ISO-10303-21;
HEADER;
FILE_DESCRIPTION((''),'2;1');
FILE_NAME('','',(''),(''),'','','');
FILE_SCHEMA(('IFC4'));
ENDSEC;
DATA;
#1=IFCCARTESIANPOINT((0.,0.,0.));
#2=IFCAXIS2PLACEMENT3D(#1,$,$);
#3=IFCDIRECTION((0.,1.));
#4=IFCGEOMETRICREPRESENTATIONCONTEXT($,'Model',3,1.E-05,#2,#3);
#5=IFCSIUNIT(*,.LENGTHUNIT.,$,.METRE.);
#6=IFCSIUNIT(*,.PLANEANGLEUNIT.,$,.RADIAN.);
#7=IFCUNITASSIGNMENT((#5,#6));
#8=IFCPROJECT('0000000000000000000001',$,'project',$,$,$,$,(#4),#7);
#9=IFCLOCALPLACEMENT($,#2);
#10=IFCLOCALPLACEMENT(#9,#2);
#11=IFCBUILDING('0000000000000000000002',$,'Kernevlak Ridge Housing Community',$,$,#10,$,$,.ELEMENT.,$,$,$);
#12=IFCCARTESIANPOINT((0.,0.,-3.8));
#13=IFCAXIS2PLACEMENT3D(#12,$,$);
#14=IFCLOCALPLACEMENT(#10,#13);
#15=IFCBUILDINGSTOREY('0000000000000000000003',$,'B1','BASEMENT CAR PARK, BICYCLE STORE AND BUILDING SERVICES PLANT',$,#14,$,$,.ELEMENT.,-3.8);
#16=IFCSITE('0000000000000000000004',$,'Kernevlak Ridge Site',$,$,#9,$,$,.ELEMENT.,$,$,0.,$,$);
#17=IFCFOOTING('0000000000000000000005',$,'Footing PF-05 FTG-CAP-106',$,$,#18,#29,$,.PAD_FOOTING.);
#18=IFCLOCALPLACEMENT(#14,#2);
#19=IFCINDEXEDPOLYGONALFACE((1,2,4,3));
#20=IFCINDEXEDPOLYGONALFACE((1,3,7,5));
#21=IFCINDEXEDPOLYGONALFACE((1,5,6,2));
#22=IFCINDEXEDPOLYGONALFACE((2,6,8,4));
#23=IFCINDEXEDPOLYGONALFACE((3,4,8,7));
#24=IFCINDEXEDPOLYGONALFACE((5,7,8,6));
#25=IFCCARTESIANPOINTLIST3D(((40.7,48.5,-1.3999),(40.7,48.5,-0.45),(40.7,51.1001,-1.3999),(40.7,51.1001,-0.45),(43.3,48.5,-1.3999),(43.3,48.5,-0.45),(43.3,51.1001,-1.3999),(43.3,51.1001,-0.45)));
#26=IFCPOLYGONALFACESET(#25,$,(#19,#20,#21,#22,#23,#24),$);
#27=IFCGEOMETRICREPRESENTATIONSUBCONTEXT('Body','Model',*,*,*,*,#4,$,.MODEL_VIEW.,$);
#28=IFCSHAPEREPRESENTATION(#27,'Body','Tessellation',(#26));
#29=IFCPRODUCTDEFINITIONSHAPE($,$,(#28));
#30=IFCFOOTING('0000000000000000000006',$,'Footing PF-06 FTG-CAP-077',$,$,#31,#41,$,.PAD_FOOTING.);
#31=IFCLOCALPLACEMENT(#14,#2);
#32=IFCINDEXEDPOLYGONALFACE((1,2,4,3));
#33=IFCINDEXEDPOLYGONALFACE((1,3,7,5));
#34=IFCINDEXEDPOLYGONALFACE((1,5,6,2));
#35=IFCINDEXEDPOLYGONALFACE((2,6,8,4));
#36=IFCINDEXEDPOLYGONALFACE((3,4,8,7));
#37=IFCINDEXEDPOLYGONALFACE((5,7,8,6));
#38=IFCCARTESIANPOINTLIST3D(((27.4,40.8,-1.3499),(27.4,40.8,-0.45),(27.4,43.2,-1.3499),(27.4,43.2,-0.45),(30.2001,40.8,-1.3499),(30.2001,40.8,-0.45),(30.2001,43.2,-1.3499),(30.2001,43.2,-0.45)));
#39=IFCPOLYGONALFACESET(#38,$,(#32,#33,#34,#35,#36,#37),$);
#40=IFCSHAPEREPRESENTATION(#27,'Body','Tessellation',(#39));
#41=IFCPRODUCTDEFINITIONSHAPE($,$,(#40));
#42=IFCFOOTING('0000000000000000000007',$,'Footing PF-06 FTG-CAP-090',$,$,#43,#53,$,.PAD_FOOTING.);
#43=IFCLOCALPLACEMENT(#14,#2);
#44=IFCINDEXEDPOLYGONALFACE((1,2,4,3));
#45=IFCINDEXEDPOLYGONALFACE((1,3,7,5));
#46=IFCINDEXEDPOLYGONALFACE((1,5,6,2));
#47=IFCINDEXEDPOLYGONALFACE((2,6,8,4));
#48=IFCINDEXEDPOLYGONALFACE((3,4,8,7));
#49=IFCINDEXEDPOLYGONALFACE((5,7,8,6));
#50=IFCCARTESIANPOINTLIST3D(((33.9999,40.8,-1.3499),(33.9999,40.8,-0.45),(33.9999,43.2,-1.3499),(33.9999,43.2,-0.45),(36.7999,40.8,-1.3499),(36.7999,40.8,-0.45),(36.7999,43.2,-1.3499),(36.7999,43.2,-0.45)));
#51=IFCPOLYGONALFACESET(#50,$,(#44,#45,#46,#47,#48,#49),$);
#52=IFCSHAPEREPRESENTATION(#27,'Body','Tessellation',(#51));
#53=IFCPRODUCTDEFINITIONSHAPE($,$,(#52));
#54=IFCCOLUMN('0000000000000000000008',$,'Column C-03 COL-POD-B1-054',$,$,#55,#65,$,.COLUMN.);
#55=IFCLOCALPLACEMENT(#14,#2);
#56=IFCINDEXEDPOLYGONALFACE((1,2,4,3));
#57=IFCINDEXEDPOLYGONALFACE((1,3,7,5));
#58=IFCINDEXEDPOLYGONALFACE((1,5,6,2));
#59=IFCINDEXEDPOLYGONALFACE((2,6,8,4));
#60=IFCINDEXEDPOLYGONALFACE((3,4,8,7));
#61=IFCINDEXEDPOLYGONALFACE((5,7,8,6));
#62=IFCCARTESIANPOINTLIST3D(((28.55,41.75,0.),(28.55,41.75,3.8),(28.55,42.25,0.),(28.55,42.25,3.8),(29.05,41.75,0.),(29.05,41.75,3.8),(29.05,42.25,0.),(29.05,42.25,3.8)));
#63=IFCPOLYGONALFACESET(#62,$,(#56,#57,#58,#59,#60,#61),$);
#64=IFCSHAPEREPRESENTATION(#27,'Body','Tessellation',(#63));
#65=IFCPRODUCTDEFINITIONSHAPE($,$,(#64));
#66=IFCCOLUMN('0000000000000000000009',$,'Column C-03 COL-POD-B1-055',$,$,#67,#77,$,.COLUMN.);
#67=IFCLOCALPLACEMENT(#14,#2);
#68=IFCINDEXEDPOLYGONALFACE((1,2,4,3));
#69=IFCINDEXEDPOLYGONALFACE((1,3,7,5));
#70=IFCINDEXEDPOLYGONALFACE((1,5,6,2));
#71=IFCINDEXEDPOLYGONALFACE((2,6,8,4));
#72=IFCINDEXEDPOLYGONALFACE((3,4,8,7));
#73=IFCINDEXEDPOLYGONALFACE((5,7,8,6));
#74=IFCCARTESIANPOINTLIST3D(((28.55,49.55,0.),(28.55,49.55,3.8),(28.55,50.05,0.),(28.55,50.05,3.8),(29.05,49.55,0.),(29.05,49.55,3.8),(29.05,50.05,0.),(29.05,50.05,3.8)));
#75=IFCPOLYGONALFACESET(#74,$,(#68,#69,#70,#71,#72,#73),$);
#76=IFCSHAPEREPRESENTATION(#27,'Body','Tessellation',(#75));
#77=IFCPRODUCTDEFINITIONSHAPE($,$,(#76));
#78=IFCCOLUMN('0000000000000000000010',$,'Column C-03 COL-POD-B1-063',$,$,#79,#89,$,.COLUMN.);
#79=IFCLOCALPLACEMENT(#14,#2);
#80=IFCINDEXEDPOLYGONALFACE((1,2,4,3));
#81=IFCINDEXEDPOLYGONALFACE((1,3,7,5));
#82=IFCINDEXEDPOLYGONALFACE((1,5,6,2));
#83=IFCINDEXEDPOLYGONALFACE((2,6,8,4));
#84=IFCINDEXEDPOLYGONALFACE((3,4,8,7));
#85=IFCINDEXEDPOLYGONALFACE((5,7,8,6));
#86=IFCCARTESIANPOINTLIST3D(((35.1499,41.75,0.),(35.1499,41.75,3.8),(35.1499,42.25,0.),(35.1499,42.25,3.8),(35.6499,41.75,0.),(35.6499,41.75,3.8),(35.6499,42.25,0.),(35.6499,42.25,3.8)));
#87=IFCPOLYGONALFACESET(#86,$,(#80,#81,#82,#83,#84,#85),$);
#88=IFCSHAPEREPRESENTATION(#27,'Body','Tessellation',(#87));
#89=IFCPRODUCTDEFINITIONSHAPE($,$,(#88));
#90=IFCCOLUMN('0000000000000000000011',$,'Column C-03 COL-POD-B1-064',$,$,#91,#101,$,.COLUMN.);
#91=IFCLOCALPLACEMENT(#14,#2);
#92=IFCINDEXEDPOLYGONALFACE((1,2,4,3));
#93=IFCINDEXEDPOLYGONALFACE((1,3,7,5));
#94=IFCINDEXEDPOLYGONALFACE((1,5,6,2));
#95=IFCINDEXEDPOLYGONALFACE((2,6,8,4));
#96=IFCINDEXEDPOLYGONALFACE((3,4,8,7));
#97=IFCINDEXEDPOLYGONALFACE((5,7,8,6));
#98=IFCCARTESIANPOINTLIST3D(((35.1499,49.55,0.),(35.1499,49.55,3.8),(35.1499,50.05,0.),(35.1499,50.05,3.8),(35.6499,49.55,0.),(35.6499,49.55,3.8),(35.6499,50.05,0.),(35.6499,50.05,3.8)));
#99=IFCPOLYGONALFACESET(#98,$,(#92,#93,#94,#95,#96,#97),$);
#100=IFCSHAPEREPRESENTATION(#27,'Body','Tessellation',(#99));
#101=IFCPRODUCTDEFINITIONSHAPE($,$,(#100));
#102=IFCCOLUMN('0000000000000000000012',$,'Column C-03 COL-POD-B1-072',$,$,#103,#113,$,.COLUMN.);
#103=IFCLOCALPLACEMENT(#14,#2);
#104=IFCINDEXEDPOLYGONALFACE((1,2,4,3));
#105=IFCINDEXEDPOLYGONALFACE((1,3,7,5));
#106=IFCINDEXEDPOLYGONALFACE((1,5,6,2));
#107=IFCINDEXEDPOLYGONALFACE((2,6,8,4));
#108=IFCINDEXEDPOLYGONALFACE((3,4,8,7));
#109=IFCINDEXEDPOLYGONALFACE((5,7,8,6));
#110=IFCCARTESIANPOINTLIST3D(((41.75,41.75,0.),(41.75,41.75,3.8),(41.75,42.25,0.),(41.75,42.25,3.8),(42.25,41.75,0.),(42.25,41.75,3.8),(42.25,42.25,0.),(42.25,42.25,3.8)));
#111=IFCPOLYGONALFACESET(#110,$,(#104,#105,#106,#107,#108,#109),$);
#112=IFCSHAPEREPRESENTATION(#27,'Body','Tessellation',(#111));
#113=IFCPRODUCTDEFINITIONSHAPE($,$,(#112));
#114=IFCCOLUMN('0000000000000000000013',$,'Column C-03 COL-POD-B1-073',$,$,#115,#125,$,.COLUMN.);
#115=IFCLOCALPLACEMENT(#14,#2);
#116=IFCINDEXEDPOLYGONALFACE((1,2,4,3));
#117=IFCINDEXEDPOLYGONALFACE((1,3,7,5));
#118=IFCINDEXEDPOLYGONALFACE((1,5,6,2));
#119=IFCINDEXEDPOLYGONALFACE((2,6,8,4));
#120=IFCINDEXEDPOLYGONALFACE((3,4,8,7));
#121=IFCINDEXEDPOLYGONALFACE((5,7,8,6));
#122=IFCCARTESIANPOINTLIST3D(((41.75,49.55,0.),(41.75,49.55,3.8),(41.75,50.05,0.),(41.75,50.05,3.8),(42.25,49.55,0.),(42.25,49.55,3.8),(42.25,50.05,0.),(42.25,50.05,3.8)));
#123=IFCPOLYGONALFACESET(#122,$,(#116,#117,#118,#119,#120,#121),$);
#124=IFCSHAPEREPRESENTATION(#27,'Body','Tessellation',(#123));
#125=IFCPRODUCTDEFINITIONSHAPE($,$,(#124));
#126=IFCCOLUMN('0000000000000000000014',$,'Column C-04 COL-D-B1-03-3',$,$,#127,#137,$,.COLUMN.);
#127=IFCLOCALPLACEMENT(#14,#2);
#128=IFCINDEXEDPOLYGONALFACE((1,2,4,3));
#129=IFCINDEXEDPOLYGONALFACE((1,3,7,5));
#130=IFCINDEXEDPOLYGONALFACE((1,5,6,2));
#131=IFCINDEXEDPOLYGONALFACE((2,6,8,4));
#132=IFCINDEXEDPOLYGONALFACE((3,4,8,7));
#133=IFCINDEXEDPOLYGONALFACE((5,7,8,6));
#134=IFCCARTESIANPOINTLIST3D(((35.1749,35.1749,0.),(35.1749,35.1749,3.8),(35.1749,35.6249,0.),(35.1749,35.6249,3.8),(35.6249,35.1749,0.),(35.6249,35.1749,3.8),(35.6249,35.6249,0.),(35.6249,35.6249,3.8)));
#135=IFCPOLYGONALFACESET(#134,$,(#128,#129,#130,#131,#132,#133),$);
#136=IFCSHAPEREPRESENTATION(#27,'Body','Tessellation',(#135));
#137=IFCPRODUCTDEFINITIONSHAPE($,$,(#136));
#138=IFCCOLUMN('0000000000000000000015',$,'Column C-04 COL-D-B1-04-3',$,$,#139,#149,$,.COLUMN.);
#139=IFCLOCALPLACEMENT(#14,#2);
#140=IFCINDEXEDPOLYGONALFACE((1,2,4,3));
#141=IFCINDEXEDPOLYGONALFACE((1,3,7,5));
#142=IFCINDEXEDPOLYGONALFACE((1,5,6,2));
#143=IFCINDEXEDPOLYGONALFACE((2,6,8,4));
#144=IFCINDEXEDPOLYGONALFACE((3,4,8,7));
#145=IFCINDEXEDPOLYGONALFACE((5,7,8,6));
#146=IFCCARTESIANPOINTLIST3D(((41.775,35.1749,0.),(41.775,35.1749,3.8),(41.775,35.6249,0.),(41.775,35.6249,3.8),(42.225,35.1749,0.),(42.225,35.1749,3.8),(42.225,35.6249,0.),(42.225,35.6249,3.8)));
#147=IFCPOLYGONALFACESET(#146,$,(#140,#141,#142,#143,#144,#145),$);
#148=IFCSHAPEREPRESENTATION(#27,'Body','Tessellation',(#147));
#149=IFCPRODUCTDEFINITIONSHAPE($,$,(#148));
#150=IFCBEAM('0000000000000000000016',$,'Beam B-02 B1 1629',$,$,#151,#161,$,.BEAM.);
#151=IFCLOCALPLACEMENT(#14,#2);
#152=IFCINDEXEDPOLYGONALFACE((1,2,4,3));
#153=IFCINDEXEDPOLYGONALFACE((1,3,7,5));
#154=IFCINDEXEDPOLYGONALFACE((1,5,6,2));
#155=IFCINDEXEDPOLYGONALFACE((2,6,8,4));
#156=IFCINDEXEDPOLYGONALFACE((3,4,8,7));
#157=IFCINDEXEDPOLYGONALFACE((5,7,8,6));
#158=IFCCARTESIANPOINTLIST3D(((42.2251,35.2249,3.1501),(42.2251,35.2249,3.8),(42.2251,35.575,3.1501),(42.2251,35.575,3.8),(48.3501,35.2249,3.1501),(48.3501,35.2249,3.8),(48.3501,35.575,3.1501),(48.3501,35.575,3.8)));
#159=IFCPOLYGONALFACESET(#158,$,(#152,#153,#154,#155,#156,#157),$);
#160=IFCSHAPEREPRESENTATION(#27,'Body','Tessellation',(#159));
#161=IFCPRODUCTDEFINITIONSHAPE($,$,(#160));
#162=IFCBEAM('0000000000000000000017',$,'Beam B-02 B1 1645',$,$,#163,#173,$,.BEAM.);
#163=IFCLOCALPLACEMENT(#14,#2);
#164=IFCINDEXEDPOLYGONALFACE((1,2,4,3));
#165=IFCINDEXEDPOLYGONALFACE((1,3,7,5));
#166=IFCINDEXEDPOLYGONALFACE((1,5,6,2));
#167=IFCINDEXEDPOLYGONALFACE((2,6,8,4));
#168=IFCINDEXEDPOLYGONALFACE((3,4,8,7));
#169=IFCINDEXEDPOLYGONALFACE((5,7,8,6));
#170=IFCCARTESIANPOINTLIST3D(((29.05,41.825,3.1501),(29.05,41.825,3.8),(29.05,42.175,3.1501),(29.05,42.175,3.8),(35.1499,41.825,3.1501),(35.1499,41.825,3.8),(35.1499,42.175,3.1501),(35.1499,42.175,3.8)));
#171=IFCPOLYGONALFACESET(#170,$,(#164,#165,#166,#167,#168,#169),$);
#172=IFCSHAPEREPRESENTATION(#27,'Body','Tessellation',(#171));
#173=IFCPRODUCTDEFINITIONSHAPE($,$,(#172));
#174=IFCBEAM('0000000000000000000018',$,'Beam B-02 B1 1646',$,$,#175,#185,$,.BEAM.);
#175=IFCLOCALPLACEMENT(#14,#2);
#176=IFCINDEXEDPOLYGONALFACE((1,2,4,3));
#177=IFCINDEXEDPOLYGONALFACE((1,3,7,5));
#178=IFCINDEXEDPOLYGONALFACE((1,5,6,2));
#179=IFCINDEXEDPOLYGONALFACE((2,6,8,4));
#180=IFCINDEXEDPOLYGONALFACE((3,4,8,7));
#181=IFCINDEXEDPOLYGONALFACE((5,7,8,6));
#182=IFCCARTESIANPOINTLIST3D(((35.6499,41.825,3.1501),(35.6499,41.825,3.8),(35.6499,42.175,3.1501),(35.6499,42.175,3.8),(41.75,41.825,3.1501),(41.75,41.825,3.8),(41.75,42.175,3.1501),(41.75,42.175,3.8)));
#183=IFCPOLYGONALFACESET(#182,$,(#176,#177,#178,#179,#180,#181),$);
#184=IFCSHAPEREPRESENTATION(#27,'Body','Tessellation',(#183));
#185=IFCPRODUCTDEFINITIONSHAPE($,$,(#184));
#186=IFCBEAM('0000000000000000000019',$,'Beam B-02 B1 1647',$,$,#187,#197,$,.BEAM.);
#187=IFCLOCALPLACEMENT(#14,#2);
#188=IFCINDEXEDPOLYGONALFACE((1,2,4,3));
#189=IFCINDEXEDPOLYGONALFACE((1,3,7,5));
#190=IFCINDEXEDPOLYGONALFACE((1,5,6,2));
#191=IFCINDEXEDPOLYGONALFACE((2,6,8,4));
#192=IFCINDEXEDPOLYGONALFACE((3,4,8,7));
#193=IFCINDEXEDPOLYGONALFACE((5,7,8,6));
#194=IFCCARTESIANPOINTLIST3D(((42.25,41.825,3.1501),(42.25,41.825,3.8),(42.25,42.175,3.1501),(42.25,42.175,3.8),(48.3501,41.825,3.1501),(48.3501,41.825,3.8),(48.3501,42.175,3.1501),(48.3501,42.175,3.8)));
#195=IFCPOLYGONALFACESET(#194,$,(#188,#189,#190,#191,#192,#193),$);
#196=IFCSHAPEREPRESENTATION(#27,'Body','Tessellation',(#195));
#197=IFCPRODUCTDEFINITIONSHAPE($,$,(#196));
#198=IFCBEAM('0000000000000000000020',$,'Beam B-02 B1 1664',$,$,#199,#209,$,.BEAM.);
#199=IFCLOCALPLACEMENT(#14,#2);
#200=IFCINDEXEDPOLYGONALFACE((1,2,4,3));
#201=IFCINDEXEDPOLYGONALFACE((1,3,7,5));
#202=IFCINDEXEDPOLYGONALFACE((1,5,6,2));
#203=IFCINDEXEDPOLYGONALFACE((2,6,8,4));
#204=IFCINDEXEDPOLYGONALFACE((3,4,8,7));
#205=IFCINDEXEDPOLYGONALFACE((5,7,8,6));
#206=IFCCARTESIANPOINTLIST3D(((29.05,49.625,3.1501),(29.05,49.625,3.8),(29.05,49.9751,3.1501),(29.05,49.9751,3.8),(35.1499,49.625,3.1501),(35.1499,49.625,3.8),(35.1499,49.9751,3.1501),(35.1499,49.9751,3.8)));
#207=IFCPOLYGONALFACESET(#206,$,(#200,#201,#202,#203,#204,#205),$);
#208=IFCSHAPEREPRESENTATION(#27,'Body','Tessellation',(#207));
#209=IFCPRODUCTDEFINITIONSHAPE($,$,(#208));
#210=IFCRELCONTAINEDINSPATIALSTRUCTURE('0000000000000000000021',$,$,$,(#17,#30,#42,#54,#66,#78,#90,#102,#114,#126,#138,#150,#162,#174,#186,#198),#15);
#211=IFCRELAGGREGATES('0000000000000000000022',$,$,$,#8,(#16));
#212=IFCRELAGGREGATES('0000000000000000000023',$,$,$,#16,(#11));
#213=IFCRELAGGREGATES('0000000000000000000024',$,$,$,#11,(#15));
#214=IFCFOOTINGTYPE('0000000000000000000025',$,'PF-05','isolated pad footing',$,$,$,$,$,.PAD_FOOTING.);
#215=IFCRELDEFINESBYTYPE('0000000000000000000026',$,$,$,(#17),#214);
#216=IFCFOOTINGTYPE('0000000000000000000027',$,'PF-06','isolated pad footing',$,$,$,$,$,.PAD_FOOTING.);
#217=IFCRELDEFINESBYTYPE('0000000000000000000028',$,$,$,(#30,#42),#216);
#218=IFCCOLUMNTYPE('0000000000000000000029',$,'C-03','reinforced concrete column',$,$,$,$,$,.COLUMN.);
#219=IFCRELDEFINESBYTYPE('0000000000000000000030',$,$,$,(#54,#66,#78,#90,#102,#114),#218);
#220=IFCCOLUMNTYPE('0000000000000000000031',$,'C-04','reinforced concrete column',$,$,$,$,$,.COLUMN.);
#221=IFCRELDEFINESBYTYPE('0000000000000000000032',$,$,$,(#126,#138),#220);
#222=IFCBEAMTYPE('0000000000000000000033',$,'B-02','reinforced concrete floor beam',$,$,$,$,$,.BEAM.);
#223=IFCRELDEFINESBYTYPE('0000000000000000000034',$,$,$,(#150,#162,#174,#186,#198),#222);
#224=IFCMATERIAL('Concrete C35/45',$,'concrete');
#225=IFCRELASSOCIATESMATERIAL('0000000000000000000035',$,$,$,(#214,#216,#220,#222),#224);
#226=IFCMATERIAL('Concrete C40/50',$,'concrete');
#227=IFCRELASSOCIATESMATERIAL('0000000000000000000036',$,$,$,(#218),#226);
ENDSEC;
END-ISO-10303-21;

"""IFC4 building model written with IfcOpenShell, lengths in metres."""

from ifc_helpers import new_model, si_unit, direction, frame, origin, origin_2d, place, context, subcontext, project, spatial, rectangle, extrude, material, material_profile, profile_set, type_object, element, save


model = new_model("IFC4")

# Units and contexts
model_context = context("Model", 3, precision=1e-05, world=origin(), true_north=direction((0.0, 1.0)))
body_context = subcontext(model_context, "Body", "Model", "MODEL_VIEW")
ifc_project = project(units=[si_unit("LENGTHUNIT", "METRE"), si_unit("PLANEANGLEUNIT", "RADIAN")], contexts=[model_context])

# Site, building, storey
site_placement = place(None, origin())
site = spatial("IfcSite", under=ifc_project, at=site_placement, Name="Kernevlak Ridge Site", CompositionType="ELEMENT", RefElevation=0.0)
building_placement = place(site_placement, origin())
building = spatial("IfcBuilding", under=site, at=building_placement, Name="Kernevlak Ridge Housing Community", CompositionType="ELEMENT")
storey_placement = place(building_placement, frame((0.0, 0.0, -3.8)))
storey = spatial("IfcBuildingStorey", under=building, at=storey_placement, Name="B1", Description="BASEMENT CAR PARK, BICYCLE STORE AND BUILDING SERVICES PLANT", CompositionType="ELEMENT", Elevation=-3.8)

# Shared definitions
ifc_material_1 = material(Name="Concrete C35/45", Category="concrete")

# Footings
footing_type_1 = type_object("IfcFootingType", Name="PF-05", Description="isolated pad footing", PredefinedType="PAD_FOOTING", material=ifc_material_1)
footing_1_placement = place(storey_placement, frame((42.0, 49.8, -1.3999), z_axis=(0.0, 0.0, 1.0), x_axis=(1.0, 0.0, 0.0)))
element("IfcFooting", 1, at=footing_1_placement, inside=storey, type_object=footing_type_1, Name="Footing PF-05 FTG-CAP-106", PredefinedType="PAD_FOOTING", context=body_context, shape_type="SweptSolid", body=[
    extrude(rectangle(XDim=2.6001, YDim=2.6001, at=origin_2d()), origin(), (0.0, 0.0, 1.0), 0.95),
])
footing_type_2 = type_object("IfcFootingType", Name="PF-06", Description="isolated pad footing", PredefinedType="PAD_FOOTING", material=ifc_material_1)
for number, where, z_axis, x_axis, name in (
    (2, (28.8, 42.0, -1.3499), (0.0, 0.0, 1.0), (1.0, 0.0, 0.0), "Footing PF-06 FTG-CAP-077"),
    (3, (35.3999, 42.0, -1.3499), (0.0, 0.0, 1.0), (1.0, 0.0, 0.0), "Footing PF-06 FTG-CAP-090"),
):
    element("IfcFooting", number, at=place(storey_placement, frame(where, z_axis=z_axis, x_axis=x_axis)), inside=storey, type_object=footing_type_2, Name=name, PredefinedType="PAD_FOOTING", context=body_context, shape_type="SweptSolid", body=[
        extrude(rectangle(XDim=2.8, YDim=2.3999, at=origin_2d()), origin(), (0.0, 0.0, 1.0), 0.8999),
    ])

# Columns
ifc_material_2 = material(Name="Concrete C40/50", Category="concrete")
ifc_material_profile_1 = material_profile(ifc_material_2, rectangle(XDim=0.5, YDim=0.5, at=origin_2d()), Name="RC 500x500")
ifc_profile_set_1 = profile_set([ifc_material_profile_1], Name="Concrete C40/50")
column_type_1 = type_object("IfcColumnType", Name="C-03", Description="reinforced concrete column", PredefinedType="COLUMN", material=ifc_profile_set_1)
for number, where, z_axis, x_axis, name in (
    (4, (28.8, 42.0, 0.0), (0.0, 0.0, 1.0), (1.0, 0.0, 0.0), "Column C-03 COL-POD-B1-054"),
    (5, (28.8, 49.8, 0.0), (0.0, 0.0, 1.0), (1.0, 0.0, 0.0), "Column C-03 COL-POD-B1-055"),
    (6, (35.3999, 42.0, 0.0), (0.0, 0.0, 1.0), (1.0, 0.0, 0.0), "Column C-03 COL-POD-B1-063"),
    (7, (35.3999, 49.8, 0.0), (0.0, 0.0, 1.0), (1.0, 0.0, 0.0), "Column C-03 COL-POD-B1-064"),
    (8, (42.0, 42.0, 0.0), (0.0, 0.0, 1.0), (1.0, 0.0, 0.0), "Column C-03 COL-POD-B1-072"),
    (9, (42.0, 49.8, 0.0), (0.0, 0.0, 1.0), (1.0, 0.0, 0.0), "Column C-03 COL-POD-B1-073"),
):
    element("IfcColumn", number, at=place(storey_placement, frame(where, z_axis=z_axis, x_axis=x_axis)), inside=storey, type_object=column_type_1, Name=name, PredefinedType="COLUMN", context=body_context, shape_type="SweptSolid", body=[
        extrude(rectangle(XDim=0.5, YDim=0.5, at=origin_2d()), origin(), (0.0, 0.0, 1.0), 3.8),
    ])
ifc_material_profile_2 = material_profile(ifc_material_1, rectangle(XDim=0.45, YDim=0.45, at=origin_2d()), Name="RC 450x450")
ifc_profile_set_2 = profile_set([ifc_material_profile_2], Name="Concrete C35/45")
column_type_2 = type_object("IfcColumnType", Name="C-04", Description="reinforced concrete column", PredefinedType="COLUMN", material=ifc_profile_set_2)
for number, where, z_axis, x_axis, name in (
    (10, (35.3999, 35.3999, 0.0), (0.0, 0.0, 1.0), (1.0, 0.0, 0.0), "Column C-04 COL-D-B1-03-3"),
    (11, (42.0, 35.3999, 0.0), (0.0, 0.0, 1.0), (1.0, 0.0, 0.0), "Column C-04 COL-D-B1-04-3"),
):
    element("IfcColumn", number, at=place(storey_placement, frame(where, z_axis=z_axis, x_axis=x_axis)), inside=storey, type_object=column_type_2, Name=name, PredefinedType="COLUMN", context=body_context, shape_type="SweptSolid", body=[
        extrude(rectangle(XDim=0.45, YDim=0.45, at=origin_2d()), origin(), (0.0, 0.0, 1.0), 3.8),
    ])

# Beams
ifc_material_profile_3 = material_profile(ifc_material_1, rectangle(XDim=0.3501, YDim=0.6499, at=origin_2d()), Name="RC 350x650")
ifc_profile_set_3 = profile_set([ifc_material_profile_3], Name="Concrete C35/45")
beam_type_1 = type_object("IfcBeamType", Name="B-02", Description="reinforced concrete floor beam", PredefinedType="BEAM", material=ifc_profile_set_3)
beam_1_placement = place(storey_placement, frame((42.2251, 35.3999, 3.4751), z_axis=(1.0, 0.0, 0.0), x_axis=(0.0, 1.0, 0.0)))
element("IfcBeam", 12, at=beam_1_placement, inside=storey, type_object=beam_type_1, Name="Beam B-02 B1 1629", PredefinedType="BEAM", context=body_context, shape_type="SweptSolid", body=[
    extrude(rectangle(XDim=0.3501, YDim=0.6499, at=origin_2d()), origin(), (0.0, 0.0, 1.0), 6.125),
])
beam_2_placement = place(storey_placement, frame((29.05, 42.0, 3.4751), z_axis=(1.0, 0.0, 0.0), x_axis=(0.0, 1.0, 0.0)))
element("IfcBeam", 13, at=beam_2_placement, inside=storey, type_object=beam_type_1, Name="Beam B-02 B1 1645", PredefinedType="BEAM", context=body_context, shape_type="SweptSolid", body=[
    extrude(rectangle(XDim=0.3501, YDim=0.6499, at=origin_2d()), origin(), (0.0, 0.0, 1.0), 6.0999),
])
for number, where, z_axis, x_axis, name in (
    (14, (35.6499, 42.0, 3.4751), (1.0, 0.0, 0.0), (0.0, 1.0, 0.0), "Beam B-02 B1 1646"),
    (15, (42.25, 42.0, 3.4751), (1.0, 0.0, 0.0), (0.0, 1.0, 0.0), "Beam B-02 B1 1647"),
):
    element("IfcBeam", number, at=place(storey_placement, frame(where, z_axis=z_axis, x_axis=x_axis)), inside=storey, type_object=beam_type_1, Name=name, PredefinedType="BEAM", context=body_context, shape_type="SweptSolid", body=[
        extrude(rectangle(XDim=0.3501, YDim=0.6499, at=origin_2d()), origin(), (0.0, 0.0, 1.0), 6.1001),
    ])
beam_3_placement = place(storey_placement, frame((29.05, 49.8, 3.4751), z_axis=(1.0, 0.0, 0.0), x_axis=(0.0, 1.0, 0.0)))
element("IfcBeam", 16, at=beam_3_placement, inside=storey, type_object=beam_type_1, Name="Beam B-02 B1 1664", PredefinedType="BEAM", context=body_context, shape_type="SweptSolid", body=[
    extrude(rectangle(XDim=0.3501, YDim=0.6499, at=origin_2d()), origin(), (0.0, 0.0, 1.0), 6.0999),
])

save(model, "model.ifc")
